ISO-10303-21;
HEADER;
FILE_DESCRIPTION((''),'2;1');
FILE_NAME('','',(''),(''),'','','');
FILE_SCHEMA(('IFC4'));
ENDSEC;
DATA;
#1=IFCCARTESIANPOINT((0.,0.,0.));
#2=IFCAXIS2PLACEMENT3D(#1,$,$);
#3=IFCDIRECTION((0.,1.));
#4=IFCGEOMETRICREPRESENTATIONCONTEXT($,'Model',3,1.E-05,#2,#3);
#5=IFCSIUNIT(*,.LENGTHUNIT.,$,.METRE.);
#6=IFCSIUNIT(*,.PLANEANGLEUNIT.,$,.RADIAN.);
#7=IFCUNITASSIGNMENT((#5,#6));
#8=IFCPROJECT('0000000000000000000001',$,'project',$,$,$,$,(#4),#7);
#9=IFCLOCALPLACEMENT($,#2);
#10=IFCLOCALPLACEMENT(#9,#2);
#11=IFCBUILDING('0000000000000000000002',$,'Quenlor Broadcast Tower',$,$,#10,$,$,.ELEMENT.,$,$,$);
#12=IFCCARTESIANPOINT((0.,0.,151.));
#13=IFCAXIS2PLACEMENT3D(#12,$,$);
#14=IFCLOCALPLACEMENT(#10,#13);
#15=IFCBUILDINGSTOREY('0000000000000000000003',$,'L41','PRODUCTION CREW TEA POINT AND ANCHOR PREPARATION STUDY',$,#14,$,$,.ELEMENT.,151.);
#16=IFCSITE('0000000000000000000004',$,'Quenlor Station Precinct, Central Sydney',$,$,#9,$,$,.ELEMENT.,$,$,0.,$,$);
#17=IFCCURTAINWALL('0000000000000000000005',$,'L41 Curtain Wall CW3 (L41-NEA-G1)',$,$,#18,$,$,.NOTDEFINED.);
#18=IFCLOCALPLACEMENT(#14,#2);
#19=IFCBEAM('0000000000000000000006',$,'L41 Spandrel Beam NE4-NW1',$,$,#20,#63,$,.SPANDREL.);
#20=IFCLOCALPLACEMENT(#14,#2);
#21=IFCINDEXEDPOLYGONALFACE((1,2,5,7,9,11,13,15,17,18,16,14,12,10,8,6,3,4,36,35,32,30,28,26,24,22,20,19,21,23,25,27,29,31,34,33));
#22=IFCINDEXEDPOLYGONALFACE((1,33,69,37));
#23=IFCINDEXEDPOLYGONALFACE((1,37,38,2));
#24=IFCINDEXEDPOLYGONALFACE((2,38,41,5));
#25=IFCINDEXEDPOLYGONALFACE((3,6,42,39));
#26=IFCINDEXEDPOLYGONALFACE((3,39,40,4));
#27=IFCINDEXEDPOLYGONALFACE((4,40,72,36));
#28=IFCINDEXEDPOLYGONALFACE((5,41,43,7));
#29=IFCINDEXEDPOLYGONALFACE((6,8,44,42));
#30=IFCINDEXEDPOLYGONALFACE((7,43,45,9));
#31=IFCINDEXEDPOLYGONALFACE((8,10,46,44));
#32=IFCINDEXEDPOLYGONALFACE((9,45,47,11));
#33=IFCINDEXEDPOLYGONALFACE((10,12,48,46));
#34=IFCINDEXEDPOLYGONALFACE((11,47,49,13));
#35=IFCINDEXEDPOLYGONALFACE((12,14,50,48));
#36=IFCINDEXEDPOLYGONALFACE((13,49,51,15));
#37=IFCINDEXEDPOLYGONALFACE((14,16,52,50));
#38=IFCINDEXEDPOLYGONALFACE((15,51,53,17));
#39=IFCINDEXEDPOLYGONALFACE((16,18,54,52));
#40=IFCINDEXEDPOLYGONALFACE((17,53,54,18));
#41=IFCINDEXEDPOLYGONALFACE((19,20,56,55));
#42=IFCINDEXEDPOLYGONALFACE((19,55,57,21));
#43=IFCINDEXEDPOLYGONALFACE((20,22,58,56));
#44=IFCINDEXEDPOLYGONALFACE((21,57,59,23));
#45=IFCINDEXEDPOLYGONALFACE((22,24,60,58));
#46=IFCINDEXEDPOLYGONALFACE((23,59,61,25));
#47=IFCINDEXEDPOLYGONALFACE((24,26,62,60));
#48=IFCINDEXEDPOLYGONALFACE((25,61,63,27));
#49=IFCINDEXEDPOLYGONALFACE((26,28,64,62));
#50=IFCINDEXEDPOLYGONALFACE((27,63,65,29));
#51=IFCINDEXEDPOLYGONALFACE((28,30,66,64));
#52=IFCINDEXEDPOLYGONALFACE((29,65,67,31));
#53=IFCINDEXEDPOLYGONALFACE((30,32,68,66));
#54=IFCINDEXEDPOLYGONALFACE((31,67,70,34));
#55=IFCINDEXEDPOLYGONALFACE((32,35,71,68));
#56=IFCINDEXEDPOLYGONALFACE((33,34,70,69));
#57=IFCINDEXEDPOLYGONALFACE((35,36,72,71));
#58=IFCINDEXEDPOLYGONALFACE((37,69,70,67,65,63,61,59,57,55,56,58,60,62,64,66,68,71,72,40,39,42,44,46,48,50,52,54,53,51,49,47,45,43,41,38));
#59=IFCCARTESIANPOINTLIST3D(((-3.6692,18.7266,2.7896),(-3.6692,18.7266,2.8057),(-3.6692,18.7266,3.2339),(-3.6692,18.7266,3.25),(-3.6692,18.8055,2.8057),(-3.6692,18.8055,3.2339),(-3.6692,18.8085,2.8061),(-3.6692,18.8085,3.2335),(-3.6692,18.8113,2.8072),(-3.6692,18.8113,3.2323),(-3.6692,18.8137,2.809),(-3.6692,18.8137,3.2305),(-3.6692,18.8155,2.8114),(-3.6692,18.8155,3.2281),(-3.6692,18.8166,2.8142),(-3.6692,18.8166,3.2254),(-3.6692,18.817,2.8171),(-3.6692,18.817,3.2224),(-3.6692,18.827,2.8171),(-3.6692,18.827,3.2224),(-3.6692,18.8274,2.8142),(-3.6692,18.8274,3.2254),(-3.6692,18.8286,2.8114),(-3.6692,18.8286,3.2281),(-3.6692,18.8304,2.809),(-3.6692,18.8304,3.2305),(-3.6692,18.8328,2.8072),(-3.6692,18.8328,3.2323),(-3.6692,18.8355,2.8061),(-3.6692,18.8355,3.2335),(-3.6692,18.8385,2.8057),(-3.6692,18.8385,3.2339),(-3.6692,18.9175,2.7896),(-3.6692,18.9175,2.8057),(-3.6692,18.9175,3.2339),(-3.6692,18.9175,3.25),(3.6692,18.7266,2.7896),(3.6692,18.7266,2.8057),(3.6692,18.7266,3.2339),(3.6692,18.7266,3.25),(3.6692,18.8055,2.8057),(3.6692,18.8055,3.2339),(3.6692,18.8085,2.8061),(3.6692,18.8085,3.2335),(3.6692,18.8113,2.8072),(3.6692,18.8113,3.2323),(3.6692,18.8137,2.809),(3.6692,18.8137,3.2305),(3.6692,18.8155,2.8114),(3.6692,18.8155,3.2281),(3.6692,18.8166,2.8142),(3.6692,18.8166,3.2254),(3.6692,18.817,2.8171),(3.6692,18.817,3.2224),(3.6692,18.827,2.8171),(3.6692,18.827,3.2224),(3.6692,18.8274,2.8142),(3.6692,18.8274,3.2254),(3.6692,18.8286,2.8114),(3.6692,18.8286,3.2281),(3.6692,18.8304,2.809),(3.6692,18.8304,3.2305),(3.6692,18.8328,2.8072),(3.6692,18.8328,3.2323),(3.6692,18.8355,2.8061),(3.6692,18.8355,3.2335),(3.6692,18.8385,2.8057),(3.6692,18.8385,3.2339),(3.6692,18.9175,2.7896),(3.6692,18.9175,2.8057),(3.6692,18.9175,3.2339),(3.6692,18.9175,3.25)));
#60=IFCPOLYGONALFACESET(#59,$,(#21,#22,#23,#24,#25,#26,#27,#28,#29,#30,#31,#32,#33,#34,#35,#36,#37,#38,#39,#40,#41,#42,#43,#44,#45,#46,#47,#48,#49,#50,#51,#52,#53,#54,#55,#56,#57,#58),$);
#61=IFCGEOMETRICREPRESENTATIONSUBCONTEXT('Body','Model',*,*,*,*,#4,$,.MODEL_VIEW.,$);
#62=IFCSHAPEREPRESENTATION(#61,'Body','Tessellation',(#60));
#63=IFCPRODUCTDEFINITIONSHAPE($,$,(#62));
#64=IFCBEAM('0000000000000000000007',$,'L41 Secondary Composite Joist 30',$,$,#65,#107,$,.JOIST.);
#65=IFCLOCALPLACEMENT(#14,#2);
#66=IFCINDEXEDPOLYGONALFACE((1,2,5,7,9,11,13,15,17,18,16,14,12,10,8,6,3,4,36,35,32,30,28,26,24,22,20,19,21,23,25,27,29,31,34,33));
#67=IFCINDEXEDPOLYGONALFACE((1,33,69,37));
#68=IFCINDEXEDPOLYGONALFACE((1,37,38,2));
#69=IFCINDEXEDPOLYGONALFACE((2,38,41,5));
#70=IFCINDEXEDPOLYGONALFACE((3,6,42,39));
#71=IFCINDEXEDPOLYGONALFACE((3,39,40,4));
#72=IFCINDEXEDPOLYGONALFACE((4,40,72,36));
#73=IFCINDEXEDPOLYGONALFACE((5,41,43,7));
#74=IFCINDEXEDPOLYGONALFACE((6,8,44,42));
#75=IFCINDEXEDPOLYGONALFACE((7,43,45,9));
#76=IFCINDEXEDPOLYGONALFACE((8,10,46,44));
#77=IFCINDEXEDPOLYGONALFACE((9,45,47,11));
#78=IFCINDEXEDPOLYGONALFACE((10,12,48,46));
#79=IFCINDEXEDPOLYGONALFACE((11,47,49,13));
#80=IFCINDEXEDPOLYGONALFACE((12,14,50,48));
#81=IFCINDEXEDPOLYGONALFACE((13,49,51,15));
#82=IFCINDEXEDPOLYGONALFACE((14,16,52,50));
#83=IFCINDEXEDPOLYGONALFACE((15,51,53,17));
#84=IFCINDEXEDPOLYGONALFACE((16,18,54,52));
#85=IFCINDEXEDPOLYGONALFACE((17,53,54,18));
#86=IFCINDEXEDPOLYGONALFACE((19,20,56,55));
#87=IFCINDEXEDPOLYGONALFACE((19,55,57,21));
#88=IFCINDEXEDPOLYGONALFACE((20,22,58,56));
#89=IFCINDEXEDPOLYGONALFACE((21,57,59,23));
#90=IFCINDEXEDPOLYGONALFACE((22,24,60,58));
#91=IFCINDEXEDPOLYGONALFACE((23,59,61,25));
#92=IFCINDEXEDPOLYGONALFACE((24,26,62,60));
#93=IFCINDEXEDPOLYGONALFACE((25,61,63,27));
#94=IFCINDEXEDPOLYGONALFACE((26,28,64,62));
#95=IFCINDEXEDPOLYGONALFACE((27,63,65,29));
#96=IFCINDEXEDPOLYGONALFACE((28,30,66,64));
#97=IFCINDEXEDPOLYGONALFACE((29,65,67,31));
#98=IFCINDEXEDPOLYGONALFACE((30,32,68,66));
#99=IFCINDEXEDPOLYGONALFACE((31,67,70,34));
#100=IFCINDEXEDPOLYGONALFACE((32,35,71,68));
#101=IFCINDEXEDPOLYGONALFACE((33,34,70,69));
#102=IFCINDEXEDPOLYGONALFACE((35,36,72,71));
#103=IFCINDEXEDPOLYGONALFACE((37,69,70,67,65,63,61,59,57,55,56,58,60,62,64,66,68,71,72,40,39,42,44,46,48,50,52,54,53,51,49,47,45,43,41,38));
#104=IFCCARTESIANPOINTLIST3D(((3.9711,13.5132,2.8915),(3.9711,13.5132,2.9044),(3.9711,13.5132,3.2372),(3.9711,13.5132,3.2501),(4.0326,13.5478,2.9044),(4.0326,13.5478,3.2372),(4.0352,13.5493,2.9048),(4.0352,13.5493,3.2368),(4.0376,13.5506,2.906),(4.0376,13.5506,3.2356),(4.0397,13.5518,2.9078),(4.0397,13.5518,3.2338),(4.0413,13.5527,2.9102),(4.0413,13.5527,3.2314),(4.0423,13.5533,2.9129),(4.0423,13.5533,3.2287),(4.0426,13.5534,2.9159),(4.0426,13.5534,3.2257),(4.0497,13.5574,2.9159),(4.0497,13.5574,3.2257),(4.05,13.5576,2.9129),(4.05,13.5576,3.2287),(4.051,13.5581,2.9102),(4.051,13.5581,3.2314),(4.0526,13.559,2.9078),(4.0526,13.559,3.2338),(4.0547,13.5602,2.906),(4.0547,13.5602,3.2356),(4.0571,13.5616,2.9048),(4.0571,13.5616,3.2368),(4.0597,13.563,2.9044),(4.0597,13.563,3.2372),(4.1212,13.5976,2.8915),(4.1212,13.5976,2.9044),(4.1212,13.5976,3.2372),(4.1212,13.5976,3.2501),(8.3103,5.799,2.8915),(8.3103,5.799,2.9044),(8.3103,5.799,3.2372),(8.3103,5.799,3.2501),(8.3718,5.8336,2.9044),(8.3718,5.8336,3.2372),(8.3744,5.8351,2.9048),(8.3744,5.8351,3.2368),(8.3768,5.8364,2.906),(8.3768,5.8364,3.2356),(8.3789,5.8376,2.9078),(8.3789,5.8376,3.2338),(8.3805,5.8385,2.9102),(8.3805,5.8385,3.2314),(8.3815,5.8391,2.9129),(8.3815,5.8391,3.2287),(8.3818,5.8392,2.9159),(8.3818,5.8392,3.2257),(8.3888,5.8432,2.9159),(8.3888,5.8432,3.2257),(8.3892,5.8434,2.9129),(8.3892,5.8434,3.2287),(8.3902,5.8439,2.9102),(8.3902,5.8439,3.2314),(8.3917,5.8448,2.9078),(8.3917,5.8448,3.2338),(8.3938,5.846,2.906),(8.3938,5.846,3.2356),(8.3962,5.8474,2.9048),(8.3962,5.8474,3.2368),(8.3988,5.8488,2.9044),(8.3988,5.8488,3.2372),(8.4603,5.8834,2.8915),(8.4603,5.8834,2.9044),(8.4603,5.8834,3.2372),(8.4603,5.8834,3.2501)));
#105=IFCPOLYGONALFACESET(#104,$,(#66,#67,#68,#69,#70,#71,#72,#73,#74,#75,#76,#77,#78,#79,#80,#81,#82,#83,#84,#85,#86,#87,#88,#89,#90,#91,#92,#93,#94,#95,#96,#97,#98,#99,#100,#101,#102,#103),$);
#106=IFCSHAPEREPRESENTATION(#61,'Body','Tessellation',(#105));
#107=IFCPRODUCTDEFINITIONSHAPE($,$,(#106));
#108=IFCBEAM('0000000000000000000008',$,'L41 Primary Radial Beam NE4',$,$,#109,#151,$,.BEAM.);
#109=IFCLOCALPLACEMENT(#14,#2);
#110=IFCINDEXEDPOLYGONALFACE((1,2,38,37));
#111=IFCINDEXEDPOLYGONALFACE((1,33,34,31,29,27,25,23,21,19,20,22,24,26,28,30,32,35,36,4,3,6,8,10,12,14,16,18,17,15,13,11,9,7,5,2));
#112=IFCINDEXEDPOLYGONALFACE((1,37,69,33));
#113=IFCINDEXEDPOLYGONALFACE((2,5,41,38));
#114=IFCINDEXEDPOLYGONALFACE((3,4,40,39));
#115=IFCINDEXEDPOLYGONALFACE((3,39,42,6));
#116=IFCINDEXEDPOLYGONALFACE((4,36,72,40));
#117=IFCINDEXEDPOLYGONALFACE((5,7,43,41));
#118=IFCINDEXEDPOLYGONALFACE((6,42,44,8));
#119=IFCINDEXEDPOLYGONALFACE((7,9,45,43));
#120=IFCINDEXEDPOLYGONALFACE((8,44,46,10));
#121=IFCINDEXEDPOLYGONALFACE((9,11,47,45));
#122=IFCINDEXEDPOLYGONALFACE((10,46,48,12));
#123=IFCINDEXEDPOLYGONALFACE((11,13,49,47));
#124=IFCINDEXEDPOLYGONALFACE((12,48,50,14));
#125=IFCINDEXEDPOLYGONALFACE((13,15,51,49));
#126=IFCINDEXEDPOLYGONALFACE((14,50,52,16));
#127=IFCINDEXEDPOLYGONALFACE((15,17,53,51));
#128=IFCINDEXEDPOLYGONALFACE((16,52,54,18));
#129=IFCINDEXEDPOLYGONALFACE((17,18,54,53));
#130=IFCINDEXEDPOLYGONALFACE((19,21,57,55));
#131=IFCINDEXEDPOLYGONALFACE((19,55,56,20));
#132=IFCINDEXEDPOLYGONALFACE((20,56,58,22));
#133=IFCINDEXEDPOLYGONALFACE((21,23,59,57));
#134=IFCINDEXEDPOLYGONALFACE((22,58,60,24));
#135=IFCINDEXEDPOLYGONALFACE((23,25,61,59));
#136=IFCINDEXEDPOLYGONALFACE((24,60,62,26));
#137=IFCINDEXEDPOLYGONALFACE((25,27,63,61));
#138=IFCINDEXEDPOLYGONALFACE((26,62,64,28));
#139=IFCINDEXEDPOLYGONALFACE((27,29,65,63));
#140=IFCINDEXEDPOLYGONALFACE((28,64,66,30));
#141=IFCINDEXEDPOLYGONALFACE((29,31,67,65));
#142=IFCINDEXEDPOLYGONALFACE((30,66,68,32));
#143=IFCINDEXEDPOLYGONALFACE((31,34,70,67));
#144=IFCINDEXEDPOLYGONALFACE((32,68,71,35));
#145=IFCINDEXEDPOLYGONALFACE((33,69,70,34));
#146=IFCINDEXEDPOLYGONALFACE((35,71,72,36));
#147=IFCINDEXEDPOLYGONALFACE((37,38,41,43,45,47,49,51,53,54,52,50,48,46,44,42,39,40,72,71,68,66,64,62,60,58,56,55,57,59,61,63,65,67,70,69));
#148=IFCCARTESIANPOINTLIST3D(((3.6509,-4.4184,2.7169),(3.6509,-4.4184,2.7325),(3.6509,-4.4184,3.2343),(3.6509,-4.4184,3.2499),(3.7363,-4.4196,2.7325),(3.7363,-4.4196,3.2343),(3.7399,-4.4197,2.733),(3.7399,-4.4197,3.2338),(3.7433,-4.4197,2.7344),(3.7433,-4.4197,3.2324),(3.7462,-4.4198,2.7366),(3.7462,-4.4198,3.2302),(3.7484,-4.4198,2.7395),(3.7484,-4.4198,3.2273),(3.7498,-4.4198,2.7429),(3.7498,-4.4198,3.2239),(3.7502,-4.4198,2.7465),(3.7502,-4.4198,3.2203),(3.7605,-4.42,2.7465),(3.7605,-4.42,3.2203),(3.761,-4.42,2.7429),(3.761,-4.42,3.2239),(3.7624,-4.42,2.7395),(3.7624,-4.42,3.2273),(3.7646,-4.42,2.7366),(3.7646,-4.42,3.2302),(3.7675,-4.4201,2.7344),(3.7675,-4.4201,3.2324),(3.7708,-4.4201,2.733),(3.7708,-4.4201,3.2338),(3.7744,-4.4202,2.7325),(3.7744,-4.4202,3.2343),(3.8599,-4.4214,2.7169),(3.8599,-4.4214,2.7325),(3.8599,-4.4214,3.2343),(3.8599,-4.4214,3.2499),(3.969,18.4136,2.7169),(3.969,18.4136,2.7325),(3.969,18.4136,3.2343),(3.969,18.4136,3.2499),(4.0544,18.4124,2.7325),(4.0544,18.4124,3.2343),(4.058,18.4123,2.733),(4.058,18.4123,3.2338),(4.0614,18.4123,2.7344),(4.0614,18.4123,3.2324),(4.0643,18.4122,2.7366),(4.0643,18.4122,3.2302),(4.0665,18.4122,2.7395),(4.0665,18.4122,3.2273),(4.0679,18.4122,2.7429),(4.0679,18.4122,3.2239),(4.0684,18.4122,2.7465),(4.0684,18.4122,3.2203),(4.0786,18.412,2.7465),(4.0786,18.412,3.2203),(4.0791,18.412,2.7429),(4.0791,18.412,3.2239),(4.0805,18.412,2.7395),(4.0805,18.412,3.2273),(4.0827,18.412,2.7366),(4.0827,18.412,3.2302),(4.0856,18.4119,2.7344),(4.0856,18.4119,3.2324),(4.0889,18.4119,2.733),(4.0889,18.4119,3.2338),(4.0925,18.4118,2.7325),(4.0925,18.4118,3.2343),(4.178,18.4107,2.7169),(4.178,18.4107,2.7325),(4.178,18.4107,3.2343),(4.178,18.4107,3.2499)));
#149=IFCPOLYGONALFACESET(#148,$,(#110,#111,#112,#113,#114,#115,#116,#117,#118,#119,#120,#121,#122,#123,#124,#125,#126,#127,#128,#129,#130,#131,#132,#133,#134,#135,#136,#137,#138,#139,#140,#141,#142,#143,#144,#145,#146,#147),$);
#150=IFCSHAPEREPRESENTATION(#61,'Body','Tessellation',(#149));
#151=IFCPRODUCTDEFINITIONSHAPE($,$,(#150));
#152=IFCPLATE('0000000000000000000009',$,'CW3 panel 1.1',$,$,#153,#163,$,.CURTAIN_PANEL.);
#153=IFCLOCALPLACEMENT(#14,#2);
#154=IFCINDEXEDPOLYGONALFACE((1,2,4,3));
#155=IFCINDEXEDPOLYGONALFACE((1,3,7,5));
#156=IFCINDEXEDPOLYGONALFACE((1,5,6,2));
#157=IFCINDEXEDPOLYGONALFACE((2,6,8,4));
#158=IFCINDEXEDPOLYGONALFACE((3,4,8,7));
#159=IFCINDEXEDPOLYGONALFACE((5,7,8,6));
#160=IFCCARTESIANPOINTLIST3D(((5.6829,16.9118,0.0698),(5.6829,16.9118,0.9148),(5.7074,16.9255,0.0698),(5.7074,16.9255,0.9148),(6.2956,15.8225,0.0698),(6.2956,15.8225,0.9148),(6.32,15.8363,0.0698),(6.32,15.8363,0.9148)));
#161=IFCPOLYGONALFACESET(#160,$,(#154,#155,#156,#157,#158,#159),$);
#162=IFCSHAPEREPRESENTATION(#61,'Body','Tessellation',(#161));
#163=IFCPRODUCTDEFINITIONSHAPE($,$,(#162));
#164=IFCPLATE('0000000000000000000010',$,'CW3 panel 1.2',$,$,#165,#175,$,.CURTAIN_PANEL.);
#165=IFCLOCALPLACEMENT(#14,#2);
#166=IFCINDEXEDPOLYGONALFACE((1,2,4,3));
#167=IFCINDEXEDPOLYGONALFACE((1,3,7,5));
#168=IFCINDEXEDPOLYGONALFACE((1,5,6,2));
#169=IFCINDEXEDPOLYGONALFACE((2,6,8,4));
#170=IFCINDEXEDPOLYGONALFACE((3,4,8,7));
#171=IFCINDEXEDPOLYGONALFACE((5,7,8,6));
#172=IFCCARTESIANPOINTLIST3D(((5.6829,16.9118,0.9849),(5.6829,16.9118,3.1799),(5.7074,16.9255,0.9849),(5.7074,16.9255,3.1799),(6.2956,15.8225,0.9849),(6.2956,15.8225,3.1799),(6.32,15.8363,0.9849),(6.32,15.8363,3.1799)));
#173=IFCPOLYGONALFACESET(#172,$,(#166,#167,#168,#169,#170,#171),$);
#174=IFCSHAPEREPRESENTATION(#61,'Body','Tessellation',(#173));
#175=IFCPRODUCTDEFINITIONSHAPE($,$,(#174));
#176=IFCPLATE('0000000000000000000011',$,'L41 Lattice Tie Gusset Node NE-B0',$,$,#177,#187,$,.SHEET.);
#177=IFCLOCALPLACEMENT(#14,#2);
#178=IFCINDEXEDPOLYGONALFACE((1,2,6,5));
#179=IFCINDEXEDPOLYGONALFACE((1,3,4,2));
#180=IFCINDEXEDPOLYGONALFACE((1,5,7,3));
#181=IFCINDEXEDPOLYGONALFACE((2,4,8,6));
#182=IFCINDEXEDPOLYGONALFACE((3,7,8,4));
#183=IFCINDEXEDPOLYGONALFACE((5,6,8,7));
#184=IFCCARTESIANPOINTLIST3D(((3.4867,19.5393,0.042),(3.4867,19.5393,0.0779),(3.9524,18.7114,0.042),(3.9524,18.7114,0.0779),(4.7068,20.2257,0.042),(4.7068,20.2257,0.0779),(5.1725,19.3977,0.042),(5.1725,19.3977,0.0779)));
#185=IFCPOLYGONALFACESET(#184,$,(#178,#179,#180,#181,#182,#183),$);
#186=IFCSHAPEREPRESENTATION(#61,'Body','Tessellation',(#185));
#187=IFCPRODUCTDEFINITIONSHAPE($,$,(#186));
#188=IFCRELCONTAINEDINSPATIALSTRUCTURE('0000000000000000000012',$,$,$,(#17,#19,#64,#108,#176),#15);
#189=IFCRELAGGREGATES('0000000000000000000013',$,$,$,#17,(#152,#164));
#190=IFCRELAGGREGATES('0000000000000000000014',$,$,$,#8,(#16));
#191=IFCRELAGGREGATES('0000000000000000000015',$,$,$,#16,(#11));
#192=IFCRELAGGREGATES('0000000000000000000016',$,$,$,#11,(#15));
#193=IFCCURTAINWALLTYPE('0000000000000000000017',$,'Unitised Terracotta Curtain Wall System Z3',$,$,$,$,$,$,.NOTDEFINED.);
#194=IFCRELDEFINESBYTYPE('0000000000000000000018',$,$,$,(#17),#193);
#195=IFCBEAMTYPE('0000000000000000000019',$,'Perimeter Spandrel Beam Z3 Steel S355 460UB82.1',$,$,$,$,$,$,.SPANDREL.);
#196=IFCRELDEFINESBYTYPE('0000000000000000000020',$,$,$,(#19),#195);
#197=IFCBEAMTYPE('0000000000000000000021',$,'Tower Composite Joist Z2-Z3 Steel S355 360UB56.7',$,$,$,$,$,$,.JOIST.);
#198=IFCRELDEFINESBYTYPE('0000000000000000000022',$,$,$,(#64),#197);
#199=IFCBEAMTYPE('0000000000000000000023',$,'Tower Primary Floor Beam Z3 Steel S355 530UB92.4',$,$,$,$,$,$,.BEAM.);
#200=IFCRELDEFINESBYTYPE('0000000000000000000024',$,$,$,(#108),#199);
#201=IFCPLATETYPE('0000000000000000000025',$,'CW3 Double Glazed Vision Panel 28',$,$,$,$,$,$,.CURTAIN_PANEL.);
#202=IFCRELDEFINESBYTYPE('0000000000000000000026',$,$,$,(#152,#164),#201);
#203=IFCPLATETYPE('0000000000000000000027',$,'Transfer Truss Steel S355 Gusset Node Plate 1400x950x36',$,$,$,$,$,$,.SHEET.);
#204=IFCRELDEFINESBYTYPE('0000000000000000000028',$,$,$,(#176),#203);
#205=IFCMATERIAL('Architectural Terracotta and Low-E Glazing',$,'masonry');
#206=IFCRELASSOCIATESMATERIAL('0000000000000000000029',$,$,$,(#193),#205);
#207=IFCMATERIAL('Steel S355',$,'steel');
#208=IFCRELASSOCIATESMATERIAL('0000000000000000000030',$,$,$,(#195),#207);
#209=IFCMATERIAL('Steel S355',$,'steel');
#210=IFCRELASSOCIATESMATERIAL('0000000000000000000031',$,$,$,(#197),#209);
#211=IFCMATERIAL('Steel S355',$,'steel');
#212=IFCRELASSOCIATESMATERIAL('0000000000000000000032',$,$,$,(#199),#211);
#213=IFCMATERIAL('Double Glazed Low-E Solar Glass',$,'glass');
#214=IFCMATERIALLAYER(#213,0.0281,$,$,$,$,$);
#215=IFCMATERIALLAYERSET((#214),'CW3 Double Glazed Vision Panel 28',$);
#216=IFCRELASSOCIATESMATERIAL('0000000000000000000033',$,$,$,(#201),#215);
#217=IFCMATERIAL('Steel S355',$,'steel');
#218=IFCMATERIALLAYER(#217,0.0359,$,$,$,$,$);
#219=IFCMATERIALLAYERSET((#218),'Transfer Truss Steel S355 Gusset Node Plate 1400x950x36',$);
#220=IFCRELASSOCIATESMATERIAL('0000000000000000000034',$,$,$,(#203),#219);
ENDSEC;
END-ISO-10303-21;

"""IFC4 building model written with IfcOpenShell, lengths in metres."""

from ifc_helpers import new_model, si_unit, direction, frame, origin, origin_2d, place, context, subcontext, project, spatial, rectangle, i_section, extrude, material, layer, layer_set, material_profile, profile_set, type_object, element, aggregate, save


model = new_model("IFC4")

# Units and contexts
model_context = context("Model", 3, precision=1e-05, world=origin(), true_north=direction((0.0, 1.0)))
body_context = subcontext(model_context, "Body", "Model", "MODEL_VIEW")
ifc_project = project(units=[si_unit("LENGTHUNIT", "METRE"), si_unit("PLANEANGLEUNIT", "RADIAN")], contexts=[model_context])

# Site, building, storey
site_placement = place(None, origin())
site = spatial("IfcSite", under=ifc_project, at=site_placement, Name="Quenlor Station Precinct, Central Sydney", CompositionType="ELEMENT", RefElevation=0.0)
building_placement = place(site_placement, origin())
building = spatial("IfcBuilding", under=site, at=building_placement, Name="Quenlor Broadcast Tower", CompositionType="ELEMENT")
storey_placement = place(building_placement, frame((0.0, 0.0, 151.0)))
storey = spatial("IfcBuildingStorey", under=building, at=storey_placement, Name="L41", Description="PRODUCTION CREW TEA POINT AND ANCHOR PREPARATION STUDY", CompositionType="ELEMENT", Elevation=151.0)

# Curtain wall
ifc_material_1 = material(Name="Architectural Terracotta and Low-E Glazing", Category="masonry")
curtain_wall_type = type_object("IfcCurtainWallType", Name="Unitised Terracotta Curtain Wall System Z3", PredefinedType="NOTDEFINED", material=ifc_material_1)
curtain_wall_1_placement = place(storey_placement, origin())
curtain_wall_1 = element("IfcCurtainWall", 1, at=curtain_wall_1_placement, inside=storey, type_object=curtain_wall_type, Name="L41 Curtain Wall CW3 (L41-NEA-G1)", PredefinedType="NOTDEFINED")

# Beams
ifc_material_2 = material(Name="Steel S355", Category="steel")
ifc_material_profile_1 = material_profile(ifc_material_2, i_section(OverallWidth=0.1909, OverallDepth=0.4604, WebThickness=0.01, FlangeThickness=0.0161, FilletRadius=0.0115, at=origin_2d()))
ifc_profile_set_1 = profile_set([ifc_material_profile_1], Name="Steel S355 460UB82.1")
beam_type_1 = type_object("IfcBeamType", Name="Perimeter Spandrel Beam Z3 Steel S355 460UB82.1", PredefinedType="SPANDREL", material=ifc_profile_set_1)
beam_1_placement = place(storey_placement, frame((3.6692, 18.822, 3.0198), z_axis=(-1.0, 0.0, 0.0), x_axis=(0.0, -1.0, 0.0)))
element("IfcBeam", 2, at=beam_1_placement, inside=storey, type_object=beam_type_1, Name="L41 Spandrel Beam NE4-NW1", PredefinedType="SPANDREL", context=body_context, shape_type="SweptSolid", body=[
    extrude(i_section(OverallWidth=0.1909, OverallDepth=0.4604, WebThickness=0.01, FlangeThickness=0.0161, FilletRadius=0.0115, at=origin_2d()), origin(), (0.0, 0.0, 1.0), 7.3384),
])
ifc_material_3 = material(Name="Steel S355", Category="steel")
ifc_material_profile_2 = material_profile(ifc_material_3, i_section(OverallWidth=0.1721, OverallDepth=0.3586, WebThickness=0.0081, FlangeThickness=0.0129, FilletRadius=0.0115, at=origin_2d()))
ifc_profile_set_2 = profile_set([ifc_material_profile_2], Name="Steel S355 360UB56.7")
beam_type_2 = type_object("IfcBeamType", Name="Tower Composite Joist Z2-Z3 Steel S355 360UB56.7", PredefinedType="JOIST", material=ifc_profile_set_2)
beam_2_placement = place(storey_placement, frame((4.0461, 13.5554, 3.0708), z_axis=(0.490255, -0.871579, 0.0), x_axis=(0.871579, 0.490255, 0.0)))
element("IfcBeam", 3, at=beam_2_placement, inside=storey, type_object=beam_type_2, Name="L41 Secondary Composite Joist 30", PredefinedType="JOIST", context=body_context, shape_type="SweptSolid", body=[
    extrude(i_section(OverallWidth=0.1721, OverallDepth=0.3586, WebThickness=0.0081, FlangeThickness=0.0129, FilletRadius=0.0115, at=origin_2d()), origin(), (0.0, 0.0, 1.0), 8.8508),
])
ifc_material_4 = material(Name="Steel S355", Category="steel")
ifc_material_profile_3 = material_profile(ifc_material_4, i_section(OverallWidth=0.209, OverallDepth=0.533, WebThickness=0.0103, FlangeThickness=0.0156, FilletRadius=0.0139, at=origin_2d()))
ifc_profile_set_3 = profile_set([ifc_material_profile_3], Name="Steel S355 530UB92.4")
beam_type_3 = type_object("IfcBeamType", Name="Tower Primary Floor Beam Z3 Steel S355 530UB92.4", PredefinedType="BEAM", material=ifc_profile_set_3)
beam_3_placement = place(storey_placement, frame((4.0735, 18.4121, 2.9834), z_axis=(-0.013931, -0.999903, 0.0), x_axis=(0.999903, -0.013931, 0.0)))
element("IfcBeam", 4, at=beam_3_placement, inside=storey, type_object=beam_type_3, Name="L41 Primary Radial Beam NE4", PredefinedType="BEAM", context=body_context, shape_type="SweptSolid", body=[
    extrude(i_section(OverallWidth=0.209, OverallDepth=0.533, WebThickness=0.0103, FlangeThickness=0.0156, FilletRadius=0.0139, at=origin_2d()), origin(), (0.0, 0.0, 1.0), 22.8342),
])

# Plates
ifc_material_5 = material(Name="Double Glazed Low-E Solar Glass", Category="glass")
ifc_layer_1 = layer(ifc_material_5, 0.0281)
ifc_layer_set_1 = layer_set([ifc_layer_1], Name="CW3 Double Glazed Vision Panel 28")
plate_type_1 = type_object("IfcPlateType", Name="CW3 Double Glazed Vision Panel 28", PredefinedType="CURTAIN_PANEL", material=ifc_layer_set_1)
plate_1_placement = place(storey_placement, frame((6.0015, 16.374, 0.0698), z_axis=(0.0, 0.0, 1.0), x_axis=(0.49023, -0.871593, 0.0)))
plate_1 = element("IfcPlate", 5, at=plate_1_placement, type_object=plate_type_1, Name="CW3 panel 1.1", PredefinedType="CURTAIN_PANEL", context=body_context, shape_type="SweptSolid", body=[
    extrude(rectangle(XDim=1.2498, YDim=0.0281, at=origin_2d()), origin(), (0.0, 0.0, 1.0), 0.845),
])
plate_2_placement = place(storey_placement, frame((6.0015, 16.374, 0.9849), z_axis=(0.0, 0.0, 1.0), x_axis=(0.49023, -0.871593, 0.0)))
plate_2 = element("IfcPlate", 6, at=plate_2_placement, type_object=plate_type_1, Name="CW3 panel 1.2", PredefinedType="CURTAIN_PANEL", context=body_context, shape_type="SweptSolid", body=[
    extrude(rectangle(XDim=1.2498, YDim=0.0281, at=origin_2d()), origin(), (0.0, 0.0, 1.0), 2.1951),
])
aggregate(curtain_wall_1, [plate_1, plate_2])

# Plate
ifc_material_6 = material(Name="Steel S355", Category="steel")
ifc_layer_2 = layer(ifc_material_6, 0.0359)
ifc_layer_set_2 = layer_set([ifc_layer_2], Name="Transfer Truss Steel S355 Gusset Node Plate 1400x950x36")
plate_type_2 = type_object("IfcPlateType", Name="Transfer Truss Steel S355 Gusset Node Plate 1400x950x36", PredefinedType="SHEET", material=ifc_layer_set_2)
for number, where, z_axis, x_axis, name in (
    (7, (4.3296, 19.4685, 0.042), (0.0, 0.0, 1.0), (0.871556, 0.490295, 0.0), "L41 Lattice Tie Gusset Node NE-B0"),
):
    element("IfcPlate", number, at=place(storey_placement, frame(where, z_axis=z_axis, x_axis=x_axis)), inside=storey, type_object=plate_type_2, Name=name, PredefinedType="SHEET", context=body_context, shape_type="SweptSolid", body=[
        extrude(rectangle(XDim=1.3999, YDim=0.95, at=origin_2d()), origin(), (0.0, 0.0, 1.0), 0.0359),
    ])

save(model, "model.ifc")
